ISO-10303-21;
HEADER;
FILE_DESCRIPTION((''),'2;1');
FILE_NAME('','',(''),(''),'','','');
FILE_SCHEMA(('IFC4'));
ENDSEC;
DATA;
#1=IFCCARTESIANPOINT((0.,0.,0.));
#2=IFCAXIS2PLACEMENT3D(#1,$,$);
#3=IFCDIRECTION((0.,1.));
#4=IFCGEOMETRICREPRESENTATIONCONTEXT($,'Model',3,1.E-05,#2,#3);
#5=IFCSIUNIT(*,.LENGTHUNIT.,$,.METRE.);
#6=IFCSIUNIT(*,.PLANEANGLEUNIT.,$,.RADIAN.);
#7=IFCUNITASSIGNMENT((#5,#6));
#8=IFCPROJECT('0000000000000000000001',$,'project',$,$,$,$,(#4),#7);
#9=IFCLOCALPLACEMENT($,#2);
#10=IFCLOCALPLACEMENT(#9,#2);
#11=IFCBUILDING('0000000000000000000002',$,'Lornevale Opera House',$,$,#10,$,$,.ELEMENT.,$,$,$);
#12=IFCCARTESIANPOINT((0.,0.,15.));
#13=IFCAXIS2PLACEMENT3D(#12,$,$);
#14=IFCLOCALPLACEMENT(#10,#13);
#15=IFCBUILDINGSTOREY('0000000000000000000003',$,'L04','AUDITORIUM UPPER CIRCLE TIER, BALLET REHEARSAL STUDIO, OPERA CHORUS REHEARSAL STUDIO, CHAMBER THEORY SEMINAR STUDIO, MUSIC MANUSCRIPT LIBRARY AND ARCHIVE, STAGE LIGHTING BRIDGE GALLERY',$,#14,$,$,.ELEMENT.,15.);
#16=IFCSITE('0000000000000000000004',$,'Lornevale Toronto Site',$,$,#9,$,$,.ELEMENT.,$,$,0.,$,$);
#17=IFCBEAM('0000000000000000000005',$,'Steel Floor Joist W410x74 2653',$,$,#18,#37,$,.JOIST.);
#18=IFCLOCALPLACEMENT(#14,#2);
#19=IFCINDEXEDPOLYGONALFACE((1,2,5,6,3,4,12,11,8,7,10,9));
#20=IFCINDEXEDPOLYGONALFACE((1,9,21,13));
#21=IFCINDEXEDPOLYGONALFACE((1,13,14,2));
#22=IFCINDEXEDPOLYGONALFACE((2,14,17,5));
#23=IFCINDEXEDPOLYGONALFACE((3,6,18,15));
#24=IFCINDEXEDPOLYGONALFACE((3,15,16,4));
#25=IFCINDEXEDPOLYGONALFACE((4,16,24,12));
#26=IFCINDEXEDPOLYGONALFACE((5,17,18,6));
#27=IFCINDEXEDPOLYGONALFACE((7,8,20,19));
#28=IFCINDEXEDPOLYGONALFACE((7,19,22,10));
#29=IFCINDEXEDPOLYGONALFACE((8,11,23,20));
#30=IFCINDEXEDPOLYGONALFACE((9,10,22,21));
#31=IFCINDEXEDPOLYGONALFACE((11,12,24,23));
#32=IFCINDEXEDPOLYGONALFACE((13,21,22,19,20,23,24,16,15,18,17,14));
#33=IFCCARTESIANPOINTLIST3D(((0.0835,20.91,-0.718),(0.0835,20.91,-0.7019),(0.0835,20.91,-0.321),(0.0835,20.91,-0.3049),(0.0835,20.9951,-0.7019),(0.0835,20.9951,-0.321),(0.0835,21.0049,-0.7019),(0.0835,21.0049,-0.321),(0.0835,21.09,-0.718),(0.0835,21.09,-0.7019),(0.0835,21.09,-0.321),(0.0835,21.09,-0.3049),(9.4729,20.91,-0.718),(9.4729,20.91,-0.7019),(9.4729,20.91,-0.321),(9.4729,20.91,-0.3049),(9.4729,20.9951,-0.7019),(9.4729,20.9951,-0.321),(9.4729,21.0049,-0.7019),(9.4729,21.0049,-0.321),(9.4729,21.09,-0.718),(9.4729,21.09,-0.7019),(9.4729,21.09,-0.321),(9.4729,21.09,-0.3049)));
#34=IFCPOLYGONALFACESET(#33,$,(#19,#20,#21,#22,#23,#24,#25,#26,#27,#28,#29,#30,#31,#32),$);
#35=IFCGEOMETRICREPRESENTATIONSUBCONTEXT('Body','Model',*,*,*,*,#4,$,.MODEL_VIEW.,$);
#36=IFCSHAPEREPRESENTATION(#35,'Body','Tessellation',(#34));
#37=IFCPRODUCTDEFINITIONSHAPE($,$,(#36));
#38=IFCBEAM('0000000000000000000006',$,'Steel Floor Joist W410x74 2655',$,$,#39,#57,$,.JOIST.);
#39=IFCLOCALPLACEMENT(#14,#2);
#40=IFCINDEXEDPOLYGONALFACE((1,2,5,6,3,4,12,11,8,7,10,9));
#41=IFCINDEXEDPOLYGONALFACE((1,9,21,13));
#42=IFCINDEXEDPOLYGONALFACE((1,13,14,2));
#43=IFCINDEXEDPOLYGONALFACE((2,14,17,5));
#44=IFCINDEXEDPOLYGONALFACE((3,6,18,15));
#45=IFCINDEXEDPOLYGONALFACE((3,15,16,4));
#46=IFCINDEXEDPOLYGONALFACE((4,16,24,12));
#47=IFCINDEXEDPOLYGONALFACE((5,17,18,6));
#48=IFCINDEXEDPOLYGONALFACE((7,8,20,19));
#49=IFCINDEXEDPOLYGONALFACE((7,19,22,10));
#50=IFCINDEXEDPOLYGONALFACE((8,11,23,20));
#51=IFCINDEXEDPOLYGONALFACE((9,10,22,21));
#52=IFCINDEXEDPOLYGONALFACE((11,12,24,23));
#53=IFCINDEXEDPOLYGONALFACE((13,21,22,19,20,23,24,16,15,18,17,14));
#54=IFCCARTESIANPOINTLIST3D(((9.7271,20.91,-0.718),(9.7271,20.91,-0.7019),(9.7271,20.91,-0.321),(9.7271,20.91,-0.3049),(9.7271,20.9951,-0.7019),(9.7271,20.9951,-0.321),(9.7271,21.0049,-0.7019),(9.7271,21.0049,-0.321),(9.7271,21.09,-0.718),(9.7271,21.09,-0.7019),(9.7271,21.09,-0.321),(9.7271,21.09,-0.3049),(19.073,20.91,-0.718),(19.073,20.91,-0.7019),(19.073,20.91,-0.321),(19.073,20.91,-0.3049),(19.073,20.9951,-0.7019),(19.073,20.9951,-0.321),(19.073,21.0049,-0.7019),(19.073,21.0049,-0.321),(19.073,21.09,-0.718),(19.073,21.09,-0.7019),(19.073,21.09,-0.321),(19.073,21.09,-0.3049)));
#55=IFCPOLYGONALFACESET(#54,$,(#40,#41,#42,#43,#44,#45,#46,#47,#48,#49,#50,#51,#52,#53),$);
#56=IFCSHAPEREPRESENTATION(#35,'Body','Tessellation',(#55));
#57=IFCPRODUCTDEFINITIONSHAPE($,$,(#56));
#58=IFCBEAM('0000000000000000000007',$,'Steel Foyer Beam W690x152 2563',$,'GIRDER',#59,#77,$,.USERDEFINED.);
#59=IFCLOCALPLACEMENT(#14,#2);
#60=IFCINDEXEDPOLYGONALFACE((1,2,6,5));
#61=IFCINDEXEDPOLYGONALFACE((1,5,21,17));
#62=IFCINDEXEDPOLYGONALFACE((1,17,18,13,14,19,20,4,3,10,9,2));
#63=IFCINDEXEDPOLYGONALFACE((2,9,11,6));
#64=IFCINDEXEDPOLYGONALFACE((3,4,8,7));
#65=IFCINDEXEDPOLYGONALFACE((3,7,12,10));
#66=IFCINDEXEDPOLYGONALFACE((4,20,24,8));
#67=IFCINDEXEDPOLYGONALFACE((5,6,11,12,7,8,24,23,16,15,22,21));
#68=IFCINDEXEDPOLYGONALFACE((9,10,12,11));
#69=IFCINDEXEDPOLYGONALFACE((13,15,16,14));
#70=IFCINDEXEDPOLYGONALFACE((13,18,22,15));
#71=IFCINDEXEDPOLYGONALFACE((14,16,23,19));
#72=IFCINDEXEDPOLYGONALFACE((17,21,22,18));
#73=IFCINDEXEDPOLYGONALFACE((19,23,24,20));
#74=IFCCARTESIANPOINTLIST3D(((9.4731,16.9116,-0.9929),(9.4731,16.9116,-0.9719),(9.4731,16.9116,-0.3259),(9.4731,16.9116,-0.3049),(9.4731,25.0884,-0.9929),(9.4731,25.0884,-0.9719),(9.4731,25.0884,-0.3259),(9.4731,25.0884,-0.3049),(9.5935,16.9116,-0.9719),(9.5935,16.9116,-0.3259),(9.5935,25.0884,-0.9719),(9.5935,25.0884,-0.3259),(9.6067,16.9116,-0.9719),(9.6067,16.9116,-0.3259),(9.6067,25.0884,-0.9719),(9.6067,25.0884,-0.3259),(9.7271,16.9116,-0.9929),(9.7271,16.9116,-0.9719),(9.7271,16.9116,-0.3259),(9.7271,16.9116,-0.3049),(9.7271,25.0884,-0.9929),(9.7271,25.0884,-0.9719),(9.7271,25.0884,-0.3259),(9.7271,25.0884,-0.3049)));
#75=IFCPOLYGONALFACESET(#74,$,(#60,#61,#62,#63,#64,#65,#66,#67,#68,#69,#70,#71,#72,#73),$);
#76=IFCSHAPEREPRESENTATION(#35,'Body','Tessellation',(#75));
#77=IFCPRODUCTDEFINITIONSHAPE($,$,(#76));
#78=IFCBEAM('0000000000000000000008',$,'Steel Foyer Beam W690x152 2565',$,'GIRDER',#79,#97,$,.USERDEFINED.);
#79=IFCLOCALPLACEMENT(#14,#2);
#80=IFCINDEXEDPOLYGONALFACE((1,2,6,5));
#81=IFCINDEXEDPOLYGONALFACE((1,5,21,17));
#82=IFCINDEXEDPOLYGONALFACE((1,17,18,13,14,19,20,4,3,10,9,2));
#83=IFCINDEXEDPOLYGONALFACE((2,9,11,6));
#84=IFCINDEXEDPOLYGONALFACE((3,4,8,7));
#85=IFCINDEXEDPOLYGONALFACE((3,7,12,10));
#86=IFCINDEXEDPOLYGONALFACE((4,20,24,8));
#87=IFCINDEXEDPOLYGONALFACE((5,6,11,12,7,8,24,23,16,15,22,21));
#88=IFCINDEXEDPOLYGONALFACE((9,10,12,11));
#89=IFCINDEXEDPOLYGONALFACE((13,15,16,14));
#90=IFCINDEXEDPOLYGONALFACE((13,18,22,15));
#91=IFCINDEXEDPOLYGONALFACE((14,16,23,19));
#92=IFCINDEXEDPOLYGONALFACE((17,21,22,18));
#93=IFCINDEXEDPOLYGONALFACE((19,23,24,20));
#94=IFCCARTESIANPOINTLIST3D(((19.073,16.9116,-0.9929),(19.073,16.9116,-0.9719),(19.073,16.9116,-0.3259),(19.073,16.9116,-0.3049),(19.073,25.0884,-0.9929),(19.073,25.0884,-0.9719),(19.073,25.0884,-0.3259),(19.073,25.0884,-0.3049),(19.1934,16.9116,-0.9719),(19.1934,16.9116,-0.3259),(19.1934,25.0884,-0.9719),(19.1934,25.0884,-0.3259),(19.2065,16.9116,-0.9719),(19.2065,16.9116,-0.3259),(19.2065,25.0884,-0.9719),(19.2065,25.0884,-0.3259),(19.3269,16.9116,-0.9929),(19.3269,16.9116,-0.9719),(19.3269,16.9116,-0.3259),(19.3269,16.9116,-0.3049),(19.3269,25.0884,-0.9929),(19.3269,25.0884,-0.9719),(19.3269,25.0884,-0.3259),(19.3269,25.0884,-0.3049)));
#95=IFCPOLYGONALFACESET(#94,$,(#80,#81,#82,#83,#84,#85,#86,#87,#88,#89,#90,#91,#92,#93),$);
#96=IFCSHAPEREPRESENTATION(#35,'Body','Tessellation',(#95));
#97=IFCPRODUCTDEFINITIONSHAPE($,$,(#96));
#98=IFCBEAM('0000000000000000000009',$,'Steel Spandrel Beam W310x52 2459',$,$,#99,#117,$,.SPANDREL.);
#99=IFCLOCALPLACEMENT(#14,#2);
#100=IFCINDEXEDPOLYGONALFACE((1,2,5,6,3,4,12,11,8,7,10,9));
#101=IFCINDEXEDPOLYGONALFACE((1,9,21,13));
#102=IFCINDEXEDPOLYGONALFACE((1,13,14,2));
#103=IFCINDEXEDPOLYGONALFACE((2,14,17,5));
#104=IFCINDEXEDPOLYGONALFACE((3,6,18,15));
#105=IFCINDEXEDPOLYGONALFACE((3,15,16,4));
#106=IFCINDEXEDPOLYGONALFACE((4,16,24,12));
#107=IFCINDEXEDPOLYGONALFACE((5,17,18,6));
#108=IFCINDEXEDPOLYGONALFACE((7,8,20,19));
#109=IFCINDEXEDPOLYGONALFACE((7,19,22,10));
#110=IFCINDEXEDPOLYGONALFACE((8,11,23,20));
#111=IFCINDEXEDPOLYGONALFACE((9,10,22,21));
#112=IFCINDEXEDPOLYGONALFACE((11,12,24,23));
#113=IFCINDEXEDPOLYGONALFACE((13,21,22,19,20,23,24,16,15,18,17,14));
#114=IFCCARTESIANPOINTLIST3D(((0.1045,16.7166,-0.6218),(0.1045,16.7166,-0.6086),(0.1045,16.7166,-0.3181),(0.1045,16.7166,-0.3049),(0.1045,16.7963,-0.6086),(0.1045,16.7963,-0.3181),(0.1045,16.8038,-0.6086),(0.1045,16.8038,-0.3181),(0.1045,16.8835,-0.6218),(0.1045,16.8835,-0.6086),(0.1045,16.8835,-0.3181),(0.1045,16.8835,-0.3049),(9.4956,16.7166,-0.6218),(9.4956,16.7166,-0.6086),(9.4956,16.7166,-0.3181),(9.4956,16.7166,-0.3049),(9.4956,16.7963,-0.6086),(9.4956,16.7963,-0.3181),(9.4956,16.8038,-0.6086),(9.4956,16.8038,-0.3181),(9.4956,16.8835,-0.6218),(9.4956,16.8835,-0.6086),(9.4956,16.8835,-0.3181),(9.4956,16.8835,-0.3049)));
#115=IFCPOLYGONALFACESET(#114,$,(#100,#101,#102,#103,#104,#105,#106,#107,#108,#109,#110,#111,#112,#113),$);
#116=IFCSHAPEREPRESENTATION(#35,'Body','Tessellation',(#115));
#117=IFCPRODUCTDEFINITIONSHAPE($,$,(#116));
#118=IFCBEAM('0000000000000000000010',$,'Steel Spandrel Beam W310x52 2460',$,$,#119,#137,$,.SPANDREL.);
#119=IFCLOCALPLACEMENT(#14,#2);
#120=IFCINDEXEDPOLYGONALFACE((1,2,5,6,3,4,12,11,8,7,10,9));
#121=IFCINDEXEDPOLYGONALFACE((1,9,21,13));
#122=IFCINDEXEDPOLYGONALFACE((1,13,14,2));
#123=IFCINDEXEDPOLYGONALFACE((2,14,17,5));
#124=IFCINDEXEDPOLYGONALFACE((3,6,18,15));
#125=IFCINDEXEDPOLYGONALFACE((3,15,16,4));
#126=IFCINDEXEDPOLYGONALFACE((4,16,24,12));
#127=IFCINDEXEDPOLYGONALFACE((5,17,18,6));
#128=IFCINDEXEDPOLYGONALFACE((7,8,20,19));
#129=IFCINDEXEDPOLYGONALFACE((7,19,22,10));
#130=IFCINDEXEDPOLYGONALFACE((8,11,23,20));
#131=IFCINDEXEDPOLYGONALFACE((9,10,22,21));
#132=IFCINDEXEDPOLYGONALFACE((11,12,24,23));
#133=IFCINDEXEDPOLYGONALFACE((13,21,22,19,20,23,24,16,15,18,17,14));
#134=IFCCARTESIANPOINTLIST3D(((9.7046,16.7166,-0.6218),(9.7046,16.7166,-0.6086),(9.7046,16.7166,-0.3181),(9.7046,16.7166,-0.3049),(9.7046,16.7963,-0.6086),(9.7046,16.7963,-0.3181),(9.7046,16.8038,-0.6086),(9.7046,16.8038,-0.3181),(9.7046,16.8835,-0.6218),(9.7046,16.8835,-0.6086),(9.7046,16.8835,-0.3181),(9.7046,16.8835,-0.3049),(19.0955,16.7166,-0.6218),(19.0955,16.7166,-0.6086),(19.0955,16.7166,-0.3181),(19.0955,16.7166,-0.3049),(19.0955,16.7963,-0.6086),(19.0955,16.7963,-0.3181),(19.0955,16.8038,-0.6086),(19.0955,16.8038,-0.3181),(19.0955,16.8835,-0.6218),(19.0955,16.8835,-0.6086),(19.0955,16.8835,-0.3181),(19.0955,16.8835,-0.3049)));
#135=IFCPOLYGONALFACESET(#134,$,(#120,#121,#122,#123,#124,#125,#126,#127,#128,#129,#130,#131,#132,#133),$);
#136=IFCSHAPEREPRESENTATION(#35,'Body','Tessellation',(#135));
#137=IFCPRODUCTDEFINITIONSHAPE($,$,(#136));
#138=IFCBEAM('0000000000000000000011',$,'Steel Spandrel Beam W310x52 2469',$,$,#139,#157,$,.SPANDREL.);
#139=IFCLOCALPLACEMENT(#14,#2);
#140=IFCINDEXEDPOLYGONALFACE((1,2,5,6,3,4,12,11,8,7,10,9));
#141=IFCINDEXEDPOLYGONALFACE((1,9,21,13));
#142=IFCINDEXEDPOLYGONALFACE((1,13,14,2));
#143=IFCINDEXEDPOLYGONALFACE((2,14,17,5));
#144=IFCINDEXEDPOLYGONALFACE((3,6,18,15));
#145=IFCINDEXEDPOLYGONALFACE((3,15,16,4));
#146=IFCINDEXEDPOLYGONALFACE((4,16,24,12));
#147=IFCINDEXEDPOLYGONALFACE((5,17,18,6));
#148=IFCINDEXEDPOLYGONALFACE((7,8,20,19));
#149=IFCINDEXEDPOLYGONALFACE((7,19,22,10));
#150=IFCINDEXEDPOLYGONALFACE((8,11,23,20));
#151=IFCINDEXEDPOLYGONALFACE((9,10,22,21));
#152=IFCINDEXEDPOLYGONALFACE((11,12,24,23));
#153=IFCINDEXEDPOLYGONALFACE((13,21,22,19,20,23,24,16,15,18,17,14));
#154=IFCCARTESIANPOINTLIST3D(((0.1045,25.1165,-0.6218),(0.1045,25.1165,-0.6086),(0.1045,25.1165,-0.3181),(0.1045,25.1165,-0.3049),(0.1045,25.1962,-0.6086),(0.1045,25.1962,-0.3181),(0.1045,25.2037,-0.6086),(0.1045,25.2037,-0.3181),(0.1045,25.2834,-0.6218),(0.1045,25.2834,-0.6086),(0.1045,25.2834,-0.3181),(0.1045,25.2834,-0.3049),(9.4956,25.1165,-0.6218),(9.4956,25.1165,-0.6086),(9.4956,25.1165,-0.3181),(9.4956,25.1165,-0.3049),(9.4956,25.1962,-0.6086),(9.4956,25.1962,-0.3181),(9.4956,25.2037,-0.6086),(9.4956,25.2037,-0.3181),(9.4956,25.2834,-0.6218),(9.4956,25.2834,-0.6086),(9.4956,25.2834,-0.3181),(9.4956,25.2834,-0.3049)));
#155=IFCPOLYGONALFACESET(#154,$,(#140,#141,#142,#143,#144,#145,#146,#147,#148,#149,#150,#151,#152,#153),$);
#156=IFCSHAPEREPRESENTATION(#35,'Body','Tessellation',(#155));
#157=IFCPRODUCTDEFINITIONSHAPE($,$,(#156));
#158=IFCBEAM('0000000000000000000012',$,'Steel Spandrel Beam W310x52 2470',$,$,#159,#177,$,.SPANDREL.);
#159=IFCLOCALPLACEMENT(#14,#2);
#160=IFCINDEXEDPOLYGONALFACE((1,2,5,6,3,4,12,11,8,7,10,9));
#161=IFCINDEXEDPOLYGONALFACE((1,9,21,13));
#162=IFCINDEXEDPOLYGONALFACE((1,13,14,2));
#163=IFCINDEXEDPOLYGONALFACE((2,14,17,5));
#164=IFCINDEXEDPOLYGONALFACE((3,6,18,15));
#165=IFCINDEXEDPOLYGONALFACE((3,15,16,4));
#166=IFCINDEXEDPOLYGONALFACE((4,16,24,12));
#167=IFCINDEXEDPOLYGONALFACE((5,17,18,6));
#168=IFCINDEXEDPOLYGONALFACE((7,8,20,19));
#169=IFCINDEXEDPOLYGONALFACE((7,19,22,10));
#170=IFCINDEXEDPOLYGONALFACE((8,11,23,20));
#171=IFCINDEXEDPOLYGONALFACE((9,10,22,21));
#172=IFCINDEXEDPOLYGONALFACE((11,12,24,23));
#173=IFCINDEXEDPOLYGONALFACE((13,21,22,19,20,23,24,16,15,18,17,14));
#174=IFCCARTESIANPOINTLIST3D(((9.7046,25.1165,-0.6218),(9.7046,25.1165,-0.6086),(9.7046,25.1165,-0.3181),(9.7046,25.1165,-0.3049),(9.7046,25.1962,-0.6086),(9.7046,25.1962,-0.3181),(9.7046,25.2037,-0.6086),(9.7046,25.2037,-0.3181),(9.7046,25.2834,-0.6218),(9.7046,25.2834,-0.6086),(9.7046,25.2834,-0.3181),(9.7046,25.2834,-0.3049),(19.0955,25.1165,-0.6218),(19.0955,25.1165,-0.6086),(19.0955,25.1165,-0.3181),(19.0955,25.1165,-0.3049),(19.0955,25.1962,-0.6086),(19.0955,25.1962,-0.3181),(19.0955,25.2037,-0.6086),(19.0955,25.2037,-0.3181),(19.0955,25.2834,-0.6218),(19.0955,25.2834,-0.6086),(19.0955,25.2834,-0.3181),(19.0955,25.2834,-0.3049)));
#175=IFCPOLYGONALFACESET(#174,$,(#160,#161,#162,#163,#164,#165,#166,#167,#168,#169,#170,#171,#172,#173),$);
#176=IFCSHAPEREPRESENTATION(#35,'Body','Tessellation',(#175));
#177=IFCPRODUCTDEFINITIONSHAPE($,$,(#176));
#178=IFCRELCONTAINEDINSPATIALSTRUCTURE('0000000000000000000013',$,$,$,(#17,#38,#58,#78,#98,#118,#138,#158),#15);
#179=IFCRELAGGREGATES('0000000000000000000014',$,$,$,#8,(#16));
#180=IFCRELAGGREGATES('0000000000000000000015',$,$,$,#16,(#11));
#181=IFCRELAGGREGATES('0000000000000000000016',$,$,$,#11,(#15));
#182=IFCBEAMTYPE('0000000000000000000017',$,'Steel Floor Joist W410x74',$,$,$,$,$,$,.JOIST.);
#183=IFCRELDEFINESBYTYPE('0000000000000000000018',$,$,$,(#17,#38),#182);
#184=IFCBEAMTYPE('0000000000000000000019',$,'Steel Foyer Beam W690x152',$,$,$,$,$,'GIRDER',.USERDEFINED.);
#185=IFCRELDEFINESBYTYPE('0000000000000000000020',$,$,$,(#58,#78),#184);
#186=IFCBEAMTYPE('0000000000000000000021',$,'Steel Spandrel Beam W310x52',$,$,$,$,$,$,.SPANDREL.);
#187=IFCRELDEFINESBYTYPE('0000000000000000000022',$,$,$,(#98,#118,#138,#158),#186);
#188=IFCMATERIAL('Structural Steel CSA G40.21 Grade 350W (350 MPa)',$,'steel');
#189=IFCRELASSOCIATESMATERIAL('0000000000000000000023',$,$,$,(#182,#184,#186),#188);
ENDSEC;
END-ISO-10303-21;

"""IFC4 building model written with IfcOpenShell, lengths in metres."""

from ifc_helpers import new_model, si_unit, direction, frame, origin, origin_2d, place, context, subcontext, project, spatial, i_section, extrude, material, material_profile, profile_set, type_object, element, save


model = new_model("IFC4")

# Units and contexts
model_context = context("Model", 3, precision=1e-05, world=origin(), true_north=direction((0.0, 1.0)))
body_context = subcontext(model_context, "Body", "Model", "MODEL_VIEW")
ifc_project = project(units=[si_unit("LENGTHUNIT", "METRE"), si_unit("PLANEANGLEUNIT", "RADIAN")], contexts=[model_context])

# Site, building, storey
site_placement = place(None, origin())
site = spatial("IfcSite", under=ifc_project, at=site_placement, Name="Lornevale Toronto Site", CompositionType="ELEMENT", RefElevation=0.0)
building_placement = place(site_placement, origin())
building = spatial("IfcBuilding", under=site, at=building_placement, Name="Lornevale Opera House", CompositionType="ELEMENT")
storey_placement = place(building_placement, frame((0.0, 0.0, 15.0)))
storey = spatial("IfcBuildingStorey", under=building, at=storey_placement, Name="L04", Description="AUDITORIUM UPPER CIRCLE TIER, BALLET REHEARSAL STUDIO, OPERA CHORUS REHEARSAL STUDIO, CHAMBER THEORY SEMINAR STUDIO, MUSIC MANUSCRIPT LIBRARY AND ARCHIVE, STAGE LIGHTING BRIDGE GALLERY", CompositionType="ELEMENT", Elevation=15.0)

# Shared definitions
ifc_material_1 = material(Name="Structural Steel CSA G40.21 Grade 350W (350 MPa)", Category="steel")

# Beams
ifc_material_profile_1 = material_profile(ifc_material_1, i_section(OverallWidth=0.1799, OverallDepth=0.4131, WebThickness=0.0098, FlangeThickness=0.0161, at=origin_2d()), Name="W410x74")
ifc_profile_set_1 = profile_set([ifc_material_profile_1], Name="Structural Steel CSA G40.21 Grade 350W (350 MPa)")
beam_type_1 = type_object("IfcBeamType", Name="Steel Floor Joist W410x74", PredefinedType="JOIST", material=ifc_profile_set_1)
beam_1_placement = place(storey_placement, frame((0.0835, 21.0, -0.5115), z_axis=(1.0, 0.0, 0.0), x_axis=(0.0, 1.0, 0.0)))
element("IfcBeam", 1, at=beam_1_placement, inside=storey, type_object=beam_type_1, Name="Steel Floor Joist W410x74 2653", PredefinedType="JOIST", context=body_context, shape_type="SweptSolid", body=[
    extrude(i_section(OverallWidth=0.1799, OverallDepth=0.4131, WebThickness=0.0098, FlangeThickness=0.0161, at=origin_2d()), origin(), (0.0, 0.0, 1.0), 9.3894),
])
beam_2_placement = place(storey_placement, frame((9.7271, 21.0, -0.5115), z_axis=(1.0, 0.0, 0.0), x_axis=(0.0, 1.0, 0.0)))
element("IfcBeam", 2, at=beam_2_placement, inside=storey, type_object=beam_type_1, Name="Steel Floor Joist W410x74 2655", PredefinedType="JOIST", context=body_context, shape_type="SweptSolid", body=[
    extrude(i_section(OverallWidth=0.1799, OverallDepth=0.4131, WebThickness=0.0098, FlangeThickness=0.0161, at=origin_2d()), origin(), (0.0, 0.0, 1.0), 9.3459),
])
ifc_material_profile_2 = material_profile(ifc_material_1, i_section(OverallWidth=0.2539, OverallDepth=0.688, WebThickness=0.0132, FlangeThickness=0.021, at=origin_2d()), Name="W690x152")
ifc_profile_set_2 = profile_set([ifc_material_profile_2], Name="Structural Steel CSA G40.21 Grade 350W (350 MPa)")
beam_type_2 = type_object("IfcBeamType", Name="Steel Foyer Beam W690x152", ElementType="GIRDER", PredefinedType="USERDEFINED", material=ifc_profile_set_2)
for number, where, z_axis, x_axis, name in (
    (3, (9.6001, 16.9116, -0.6489), (0.0, 1.0, 0.0), (-1.0, 0.0, 0.0), "Steel Foyer Beam W690x152 2563"),
    (4, (19.2, 16.9116, -0.6489), (0.0, 1.0, 0.0), (-1.0, 0.0, 0.0), "Steel Foyer Beam W690x152 2565"),
):
    element("IfcBeam", number, at=place(storey_placement, frame(where, z_axis=z_axis, x_axis=x_axis)), inside=storey, type_object=beam_type_2, Name=name, ObjectType="GIRDER", PredefinedType="USERDEFINED", context=body_context, shape_type="SweptSolid", body=[
        extrude(i_section(OverallWidth=0.2539, OverallDepth=0.688, WebThickness=0.0132, FlangeThickness=0.021, at=origin_2d()), origin(), (0.0, 0.0, 1.0), 8.1768),
    ])
ifc_material_profile_3 = material_profile(ifc_material_1, i_section(OverallWidth=0.167, OverallDepth=0.3169, WebThickness=0.0076, FlangeThickness=0.0132, at=origin_2d()), Name="W310x52")
ifc_profile_set_3 = profile_set([ifc_material_profile_3], Name="Structural Steel CSA G40.21 Grade 350W (350 MPa)")
beam_type_3 = type_object("IfcBeamType", Name="Steel Spandrel Beam W310x52", PredefinedType="SPANDREL", material=ifc_profile_set_3)
beam_3_placement = place(storey_placement, frame((0.1045, 16.8, -0.4634), z_axis=(1.0, 0.0, 0.0), x_axis=(0.0, 1.0, 0.0)))
element("IfcBeam", 5, at=beam_3_placement, inside=storey, type_object=beam_type_3, Name="Steel Spandrel Beam W310x52 2459", PredefinedType="SPANDREL", context=body_context, shape_type="SweptSolid", body=[
    extrude(i_section(OverallWidth=0.167, OverallDepth=0.3169, WebThickness=0.0076, FlangeThickness=0.0132, at=origin_2d()), origin(), (0.0, 0.0, 1.0), 9.3911),
])
beam_4_placement = place(storey_placement, frame((9.7046, 16.8, -0.4634), z_axis=(1.0, 0.0, 0.0), x_axis=(0.0, 1.0, 0.0)))
element("IfcBeam", 6, at=beam_4_placement, inside=storey, type_object=beam_type_3, Name="Steel Spandrel Beam W310x52 2460", PredefinedType="SPANDREL", context=body_context, shape_type="SweptSolid", body=[
    extrude(i_section(OverallWidth=0.167, OverallDepth=0.3169, WebThickness=0.0076, FlangeThickness=0.0132, at=origin_2d()), origin(), (0.0, 0.0, 1.0), 9.3909),
])
beam_5_placement = place(storey_placement, frame((0.1045, 25.2, -0.4634), z_axis=(1.0, 0.0, 0.0), x_axis=(0.0, 1.0, 0.0)))
element("IfcBeam", 7, at=beam_5_placement, inside=storey, type_object=beam_type_3, Name="Steel Spandrel Beam W310x52 2469", PredefinedType="SPANDREL", context=body_context, shape_type="SweptSolid", body=[
    extrude(i_section(OverallWidth=0.167, OverallDepth=0.3169, WebThickness=0.0076, FlangeThickness=0.0132, at=origin_2d()), origin(), (0.0, 0.0, 1.0), 9.3911),
])
beam_6_placement = place(storey_placement, frame((9.7046, 25.2, -0.4634), z_axis=(1.0, 0.0, 0.0), x_axis=(0.0, 1.0, 0.0)))
element("IfcBeam", 8, at=beam_6_placement, inside=storey, type_object=beam_type_3, Name="Steel Spandrel Beam W310x52 2470", PredefinedType="SPANDREL", context=body_context, shape_type="SweptSolid", body=[
    extrude(i_section(OverallWidth=0.167, OverallDepth=0.3169, WebThickness=0.0076, FlangeThickness=0.0132, at=origin_2d()), origin(), (0.0, 0.0, 1.0), 9.3909),
])

save(model, "model.ifc")
